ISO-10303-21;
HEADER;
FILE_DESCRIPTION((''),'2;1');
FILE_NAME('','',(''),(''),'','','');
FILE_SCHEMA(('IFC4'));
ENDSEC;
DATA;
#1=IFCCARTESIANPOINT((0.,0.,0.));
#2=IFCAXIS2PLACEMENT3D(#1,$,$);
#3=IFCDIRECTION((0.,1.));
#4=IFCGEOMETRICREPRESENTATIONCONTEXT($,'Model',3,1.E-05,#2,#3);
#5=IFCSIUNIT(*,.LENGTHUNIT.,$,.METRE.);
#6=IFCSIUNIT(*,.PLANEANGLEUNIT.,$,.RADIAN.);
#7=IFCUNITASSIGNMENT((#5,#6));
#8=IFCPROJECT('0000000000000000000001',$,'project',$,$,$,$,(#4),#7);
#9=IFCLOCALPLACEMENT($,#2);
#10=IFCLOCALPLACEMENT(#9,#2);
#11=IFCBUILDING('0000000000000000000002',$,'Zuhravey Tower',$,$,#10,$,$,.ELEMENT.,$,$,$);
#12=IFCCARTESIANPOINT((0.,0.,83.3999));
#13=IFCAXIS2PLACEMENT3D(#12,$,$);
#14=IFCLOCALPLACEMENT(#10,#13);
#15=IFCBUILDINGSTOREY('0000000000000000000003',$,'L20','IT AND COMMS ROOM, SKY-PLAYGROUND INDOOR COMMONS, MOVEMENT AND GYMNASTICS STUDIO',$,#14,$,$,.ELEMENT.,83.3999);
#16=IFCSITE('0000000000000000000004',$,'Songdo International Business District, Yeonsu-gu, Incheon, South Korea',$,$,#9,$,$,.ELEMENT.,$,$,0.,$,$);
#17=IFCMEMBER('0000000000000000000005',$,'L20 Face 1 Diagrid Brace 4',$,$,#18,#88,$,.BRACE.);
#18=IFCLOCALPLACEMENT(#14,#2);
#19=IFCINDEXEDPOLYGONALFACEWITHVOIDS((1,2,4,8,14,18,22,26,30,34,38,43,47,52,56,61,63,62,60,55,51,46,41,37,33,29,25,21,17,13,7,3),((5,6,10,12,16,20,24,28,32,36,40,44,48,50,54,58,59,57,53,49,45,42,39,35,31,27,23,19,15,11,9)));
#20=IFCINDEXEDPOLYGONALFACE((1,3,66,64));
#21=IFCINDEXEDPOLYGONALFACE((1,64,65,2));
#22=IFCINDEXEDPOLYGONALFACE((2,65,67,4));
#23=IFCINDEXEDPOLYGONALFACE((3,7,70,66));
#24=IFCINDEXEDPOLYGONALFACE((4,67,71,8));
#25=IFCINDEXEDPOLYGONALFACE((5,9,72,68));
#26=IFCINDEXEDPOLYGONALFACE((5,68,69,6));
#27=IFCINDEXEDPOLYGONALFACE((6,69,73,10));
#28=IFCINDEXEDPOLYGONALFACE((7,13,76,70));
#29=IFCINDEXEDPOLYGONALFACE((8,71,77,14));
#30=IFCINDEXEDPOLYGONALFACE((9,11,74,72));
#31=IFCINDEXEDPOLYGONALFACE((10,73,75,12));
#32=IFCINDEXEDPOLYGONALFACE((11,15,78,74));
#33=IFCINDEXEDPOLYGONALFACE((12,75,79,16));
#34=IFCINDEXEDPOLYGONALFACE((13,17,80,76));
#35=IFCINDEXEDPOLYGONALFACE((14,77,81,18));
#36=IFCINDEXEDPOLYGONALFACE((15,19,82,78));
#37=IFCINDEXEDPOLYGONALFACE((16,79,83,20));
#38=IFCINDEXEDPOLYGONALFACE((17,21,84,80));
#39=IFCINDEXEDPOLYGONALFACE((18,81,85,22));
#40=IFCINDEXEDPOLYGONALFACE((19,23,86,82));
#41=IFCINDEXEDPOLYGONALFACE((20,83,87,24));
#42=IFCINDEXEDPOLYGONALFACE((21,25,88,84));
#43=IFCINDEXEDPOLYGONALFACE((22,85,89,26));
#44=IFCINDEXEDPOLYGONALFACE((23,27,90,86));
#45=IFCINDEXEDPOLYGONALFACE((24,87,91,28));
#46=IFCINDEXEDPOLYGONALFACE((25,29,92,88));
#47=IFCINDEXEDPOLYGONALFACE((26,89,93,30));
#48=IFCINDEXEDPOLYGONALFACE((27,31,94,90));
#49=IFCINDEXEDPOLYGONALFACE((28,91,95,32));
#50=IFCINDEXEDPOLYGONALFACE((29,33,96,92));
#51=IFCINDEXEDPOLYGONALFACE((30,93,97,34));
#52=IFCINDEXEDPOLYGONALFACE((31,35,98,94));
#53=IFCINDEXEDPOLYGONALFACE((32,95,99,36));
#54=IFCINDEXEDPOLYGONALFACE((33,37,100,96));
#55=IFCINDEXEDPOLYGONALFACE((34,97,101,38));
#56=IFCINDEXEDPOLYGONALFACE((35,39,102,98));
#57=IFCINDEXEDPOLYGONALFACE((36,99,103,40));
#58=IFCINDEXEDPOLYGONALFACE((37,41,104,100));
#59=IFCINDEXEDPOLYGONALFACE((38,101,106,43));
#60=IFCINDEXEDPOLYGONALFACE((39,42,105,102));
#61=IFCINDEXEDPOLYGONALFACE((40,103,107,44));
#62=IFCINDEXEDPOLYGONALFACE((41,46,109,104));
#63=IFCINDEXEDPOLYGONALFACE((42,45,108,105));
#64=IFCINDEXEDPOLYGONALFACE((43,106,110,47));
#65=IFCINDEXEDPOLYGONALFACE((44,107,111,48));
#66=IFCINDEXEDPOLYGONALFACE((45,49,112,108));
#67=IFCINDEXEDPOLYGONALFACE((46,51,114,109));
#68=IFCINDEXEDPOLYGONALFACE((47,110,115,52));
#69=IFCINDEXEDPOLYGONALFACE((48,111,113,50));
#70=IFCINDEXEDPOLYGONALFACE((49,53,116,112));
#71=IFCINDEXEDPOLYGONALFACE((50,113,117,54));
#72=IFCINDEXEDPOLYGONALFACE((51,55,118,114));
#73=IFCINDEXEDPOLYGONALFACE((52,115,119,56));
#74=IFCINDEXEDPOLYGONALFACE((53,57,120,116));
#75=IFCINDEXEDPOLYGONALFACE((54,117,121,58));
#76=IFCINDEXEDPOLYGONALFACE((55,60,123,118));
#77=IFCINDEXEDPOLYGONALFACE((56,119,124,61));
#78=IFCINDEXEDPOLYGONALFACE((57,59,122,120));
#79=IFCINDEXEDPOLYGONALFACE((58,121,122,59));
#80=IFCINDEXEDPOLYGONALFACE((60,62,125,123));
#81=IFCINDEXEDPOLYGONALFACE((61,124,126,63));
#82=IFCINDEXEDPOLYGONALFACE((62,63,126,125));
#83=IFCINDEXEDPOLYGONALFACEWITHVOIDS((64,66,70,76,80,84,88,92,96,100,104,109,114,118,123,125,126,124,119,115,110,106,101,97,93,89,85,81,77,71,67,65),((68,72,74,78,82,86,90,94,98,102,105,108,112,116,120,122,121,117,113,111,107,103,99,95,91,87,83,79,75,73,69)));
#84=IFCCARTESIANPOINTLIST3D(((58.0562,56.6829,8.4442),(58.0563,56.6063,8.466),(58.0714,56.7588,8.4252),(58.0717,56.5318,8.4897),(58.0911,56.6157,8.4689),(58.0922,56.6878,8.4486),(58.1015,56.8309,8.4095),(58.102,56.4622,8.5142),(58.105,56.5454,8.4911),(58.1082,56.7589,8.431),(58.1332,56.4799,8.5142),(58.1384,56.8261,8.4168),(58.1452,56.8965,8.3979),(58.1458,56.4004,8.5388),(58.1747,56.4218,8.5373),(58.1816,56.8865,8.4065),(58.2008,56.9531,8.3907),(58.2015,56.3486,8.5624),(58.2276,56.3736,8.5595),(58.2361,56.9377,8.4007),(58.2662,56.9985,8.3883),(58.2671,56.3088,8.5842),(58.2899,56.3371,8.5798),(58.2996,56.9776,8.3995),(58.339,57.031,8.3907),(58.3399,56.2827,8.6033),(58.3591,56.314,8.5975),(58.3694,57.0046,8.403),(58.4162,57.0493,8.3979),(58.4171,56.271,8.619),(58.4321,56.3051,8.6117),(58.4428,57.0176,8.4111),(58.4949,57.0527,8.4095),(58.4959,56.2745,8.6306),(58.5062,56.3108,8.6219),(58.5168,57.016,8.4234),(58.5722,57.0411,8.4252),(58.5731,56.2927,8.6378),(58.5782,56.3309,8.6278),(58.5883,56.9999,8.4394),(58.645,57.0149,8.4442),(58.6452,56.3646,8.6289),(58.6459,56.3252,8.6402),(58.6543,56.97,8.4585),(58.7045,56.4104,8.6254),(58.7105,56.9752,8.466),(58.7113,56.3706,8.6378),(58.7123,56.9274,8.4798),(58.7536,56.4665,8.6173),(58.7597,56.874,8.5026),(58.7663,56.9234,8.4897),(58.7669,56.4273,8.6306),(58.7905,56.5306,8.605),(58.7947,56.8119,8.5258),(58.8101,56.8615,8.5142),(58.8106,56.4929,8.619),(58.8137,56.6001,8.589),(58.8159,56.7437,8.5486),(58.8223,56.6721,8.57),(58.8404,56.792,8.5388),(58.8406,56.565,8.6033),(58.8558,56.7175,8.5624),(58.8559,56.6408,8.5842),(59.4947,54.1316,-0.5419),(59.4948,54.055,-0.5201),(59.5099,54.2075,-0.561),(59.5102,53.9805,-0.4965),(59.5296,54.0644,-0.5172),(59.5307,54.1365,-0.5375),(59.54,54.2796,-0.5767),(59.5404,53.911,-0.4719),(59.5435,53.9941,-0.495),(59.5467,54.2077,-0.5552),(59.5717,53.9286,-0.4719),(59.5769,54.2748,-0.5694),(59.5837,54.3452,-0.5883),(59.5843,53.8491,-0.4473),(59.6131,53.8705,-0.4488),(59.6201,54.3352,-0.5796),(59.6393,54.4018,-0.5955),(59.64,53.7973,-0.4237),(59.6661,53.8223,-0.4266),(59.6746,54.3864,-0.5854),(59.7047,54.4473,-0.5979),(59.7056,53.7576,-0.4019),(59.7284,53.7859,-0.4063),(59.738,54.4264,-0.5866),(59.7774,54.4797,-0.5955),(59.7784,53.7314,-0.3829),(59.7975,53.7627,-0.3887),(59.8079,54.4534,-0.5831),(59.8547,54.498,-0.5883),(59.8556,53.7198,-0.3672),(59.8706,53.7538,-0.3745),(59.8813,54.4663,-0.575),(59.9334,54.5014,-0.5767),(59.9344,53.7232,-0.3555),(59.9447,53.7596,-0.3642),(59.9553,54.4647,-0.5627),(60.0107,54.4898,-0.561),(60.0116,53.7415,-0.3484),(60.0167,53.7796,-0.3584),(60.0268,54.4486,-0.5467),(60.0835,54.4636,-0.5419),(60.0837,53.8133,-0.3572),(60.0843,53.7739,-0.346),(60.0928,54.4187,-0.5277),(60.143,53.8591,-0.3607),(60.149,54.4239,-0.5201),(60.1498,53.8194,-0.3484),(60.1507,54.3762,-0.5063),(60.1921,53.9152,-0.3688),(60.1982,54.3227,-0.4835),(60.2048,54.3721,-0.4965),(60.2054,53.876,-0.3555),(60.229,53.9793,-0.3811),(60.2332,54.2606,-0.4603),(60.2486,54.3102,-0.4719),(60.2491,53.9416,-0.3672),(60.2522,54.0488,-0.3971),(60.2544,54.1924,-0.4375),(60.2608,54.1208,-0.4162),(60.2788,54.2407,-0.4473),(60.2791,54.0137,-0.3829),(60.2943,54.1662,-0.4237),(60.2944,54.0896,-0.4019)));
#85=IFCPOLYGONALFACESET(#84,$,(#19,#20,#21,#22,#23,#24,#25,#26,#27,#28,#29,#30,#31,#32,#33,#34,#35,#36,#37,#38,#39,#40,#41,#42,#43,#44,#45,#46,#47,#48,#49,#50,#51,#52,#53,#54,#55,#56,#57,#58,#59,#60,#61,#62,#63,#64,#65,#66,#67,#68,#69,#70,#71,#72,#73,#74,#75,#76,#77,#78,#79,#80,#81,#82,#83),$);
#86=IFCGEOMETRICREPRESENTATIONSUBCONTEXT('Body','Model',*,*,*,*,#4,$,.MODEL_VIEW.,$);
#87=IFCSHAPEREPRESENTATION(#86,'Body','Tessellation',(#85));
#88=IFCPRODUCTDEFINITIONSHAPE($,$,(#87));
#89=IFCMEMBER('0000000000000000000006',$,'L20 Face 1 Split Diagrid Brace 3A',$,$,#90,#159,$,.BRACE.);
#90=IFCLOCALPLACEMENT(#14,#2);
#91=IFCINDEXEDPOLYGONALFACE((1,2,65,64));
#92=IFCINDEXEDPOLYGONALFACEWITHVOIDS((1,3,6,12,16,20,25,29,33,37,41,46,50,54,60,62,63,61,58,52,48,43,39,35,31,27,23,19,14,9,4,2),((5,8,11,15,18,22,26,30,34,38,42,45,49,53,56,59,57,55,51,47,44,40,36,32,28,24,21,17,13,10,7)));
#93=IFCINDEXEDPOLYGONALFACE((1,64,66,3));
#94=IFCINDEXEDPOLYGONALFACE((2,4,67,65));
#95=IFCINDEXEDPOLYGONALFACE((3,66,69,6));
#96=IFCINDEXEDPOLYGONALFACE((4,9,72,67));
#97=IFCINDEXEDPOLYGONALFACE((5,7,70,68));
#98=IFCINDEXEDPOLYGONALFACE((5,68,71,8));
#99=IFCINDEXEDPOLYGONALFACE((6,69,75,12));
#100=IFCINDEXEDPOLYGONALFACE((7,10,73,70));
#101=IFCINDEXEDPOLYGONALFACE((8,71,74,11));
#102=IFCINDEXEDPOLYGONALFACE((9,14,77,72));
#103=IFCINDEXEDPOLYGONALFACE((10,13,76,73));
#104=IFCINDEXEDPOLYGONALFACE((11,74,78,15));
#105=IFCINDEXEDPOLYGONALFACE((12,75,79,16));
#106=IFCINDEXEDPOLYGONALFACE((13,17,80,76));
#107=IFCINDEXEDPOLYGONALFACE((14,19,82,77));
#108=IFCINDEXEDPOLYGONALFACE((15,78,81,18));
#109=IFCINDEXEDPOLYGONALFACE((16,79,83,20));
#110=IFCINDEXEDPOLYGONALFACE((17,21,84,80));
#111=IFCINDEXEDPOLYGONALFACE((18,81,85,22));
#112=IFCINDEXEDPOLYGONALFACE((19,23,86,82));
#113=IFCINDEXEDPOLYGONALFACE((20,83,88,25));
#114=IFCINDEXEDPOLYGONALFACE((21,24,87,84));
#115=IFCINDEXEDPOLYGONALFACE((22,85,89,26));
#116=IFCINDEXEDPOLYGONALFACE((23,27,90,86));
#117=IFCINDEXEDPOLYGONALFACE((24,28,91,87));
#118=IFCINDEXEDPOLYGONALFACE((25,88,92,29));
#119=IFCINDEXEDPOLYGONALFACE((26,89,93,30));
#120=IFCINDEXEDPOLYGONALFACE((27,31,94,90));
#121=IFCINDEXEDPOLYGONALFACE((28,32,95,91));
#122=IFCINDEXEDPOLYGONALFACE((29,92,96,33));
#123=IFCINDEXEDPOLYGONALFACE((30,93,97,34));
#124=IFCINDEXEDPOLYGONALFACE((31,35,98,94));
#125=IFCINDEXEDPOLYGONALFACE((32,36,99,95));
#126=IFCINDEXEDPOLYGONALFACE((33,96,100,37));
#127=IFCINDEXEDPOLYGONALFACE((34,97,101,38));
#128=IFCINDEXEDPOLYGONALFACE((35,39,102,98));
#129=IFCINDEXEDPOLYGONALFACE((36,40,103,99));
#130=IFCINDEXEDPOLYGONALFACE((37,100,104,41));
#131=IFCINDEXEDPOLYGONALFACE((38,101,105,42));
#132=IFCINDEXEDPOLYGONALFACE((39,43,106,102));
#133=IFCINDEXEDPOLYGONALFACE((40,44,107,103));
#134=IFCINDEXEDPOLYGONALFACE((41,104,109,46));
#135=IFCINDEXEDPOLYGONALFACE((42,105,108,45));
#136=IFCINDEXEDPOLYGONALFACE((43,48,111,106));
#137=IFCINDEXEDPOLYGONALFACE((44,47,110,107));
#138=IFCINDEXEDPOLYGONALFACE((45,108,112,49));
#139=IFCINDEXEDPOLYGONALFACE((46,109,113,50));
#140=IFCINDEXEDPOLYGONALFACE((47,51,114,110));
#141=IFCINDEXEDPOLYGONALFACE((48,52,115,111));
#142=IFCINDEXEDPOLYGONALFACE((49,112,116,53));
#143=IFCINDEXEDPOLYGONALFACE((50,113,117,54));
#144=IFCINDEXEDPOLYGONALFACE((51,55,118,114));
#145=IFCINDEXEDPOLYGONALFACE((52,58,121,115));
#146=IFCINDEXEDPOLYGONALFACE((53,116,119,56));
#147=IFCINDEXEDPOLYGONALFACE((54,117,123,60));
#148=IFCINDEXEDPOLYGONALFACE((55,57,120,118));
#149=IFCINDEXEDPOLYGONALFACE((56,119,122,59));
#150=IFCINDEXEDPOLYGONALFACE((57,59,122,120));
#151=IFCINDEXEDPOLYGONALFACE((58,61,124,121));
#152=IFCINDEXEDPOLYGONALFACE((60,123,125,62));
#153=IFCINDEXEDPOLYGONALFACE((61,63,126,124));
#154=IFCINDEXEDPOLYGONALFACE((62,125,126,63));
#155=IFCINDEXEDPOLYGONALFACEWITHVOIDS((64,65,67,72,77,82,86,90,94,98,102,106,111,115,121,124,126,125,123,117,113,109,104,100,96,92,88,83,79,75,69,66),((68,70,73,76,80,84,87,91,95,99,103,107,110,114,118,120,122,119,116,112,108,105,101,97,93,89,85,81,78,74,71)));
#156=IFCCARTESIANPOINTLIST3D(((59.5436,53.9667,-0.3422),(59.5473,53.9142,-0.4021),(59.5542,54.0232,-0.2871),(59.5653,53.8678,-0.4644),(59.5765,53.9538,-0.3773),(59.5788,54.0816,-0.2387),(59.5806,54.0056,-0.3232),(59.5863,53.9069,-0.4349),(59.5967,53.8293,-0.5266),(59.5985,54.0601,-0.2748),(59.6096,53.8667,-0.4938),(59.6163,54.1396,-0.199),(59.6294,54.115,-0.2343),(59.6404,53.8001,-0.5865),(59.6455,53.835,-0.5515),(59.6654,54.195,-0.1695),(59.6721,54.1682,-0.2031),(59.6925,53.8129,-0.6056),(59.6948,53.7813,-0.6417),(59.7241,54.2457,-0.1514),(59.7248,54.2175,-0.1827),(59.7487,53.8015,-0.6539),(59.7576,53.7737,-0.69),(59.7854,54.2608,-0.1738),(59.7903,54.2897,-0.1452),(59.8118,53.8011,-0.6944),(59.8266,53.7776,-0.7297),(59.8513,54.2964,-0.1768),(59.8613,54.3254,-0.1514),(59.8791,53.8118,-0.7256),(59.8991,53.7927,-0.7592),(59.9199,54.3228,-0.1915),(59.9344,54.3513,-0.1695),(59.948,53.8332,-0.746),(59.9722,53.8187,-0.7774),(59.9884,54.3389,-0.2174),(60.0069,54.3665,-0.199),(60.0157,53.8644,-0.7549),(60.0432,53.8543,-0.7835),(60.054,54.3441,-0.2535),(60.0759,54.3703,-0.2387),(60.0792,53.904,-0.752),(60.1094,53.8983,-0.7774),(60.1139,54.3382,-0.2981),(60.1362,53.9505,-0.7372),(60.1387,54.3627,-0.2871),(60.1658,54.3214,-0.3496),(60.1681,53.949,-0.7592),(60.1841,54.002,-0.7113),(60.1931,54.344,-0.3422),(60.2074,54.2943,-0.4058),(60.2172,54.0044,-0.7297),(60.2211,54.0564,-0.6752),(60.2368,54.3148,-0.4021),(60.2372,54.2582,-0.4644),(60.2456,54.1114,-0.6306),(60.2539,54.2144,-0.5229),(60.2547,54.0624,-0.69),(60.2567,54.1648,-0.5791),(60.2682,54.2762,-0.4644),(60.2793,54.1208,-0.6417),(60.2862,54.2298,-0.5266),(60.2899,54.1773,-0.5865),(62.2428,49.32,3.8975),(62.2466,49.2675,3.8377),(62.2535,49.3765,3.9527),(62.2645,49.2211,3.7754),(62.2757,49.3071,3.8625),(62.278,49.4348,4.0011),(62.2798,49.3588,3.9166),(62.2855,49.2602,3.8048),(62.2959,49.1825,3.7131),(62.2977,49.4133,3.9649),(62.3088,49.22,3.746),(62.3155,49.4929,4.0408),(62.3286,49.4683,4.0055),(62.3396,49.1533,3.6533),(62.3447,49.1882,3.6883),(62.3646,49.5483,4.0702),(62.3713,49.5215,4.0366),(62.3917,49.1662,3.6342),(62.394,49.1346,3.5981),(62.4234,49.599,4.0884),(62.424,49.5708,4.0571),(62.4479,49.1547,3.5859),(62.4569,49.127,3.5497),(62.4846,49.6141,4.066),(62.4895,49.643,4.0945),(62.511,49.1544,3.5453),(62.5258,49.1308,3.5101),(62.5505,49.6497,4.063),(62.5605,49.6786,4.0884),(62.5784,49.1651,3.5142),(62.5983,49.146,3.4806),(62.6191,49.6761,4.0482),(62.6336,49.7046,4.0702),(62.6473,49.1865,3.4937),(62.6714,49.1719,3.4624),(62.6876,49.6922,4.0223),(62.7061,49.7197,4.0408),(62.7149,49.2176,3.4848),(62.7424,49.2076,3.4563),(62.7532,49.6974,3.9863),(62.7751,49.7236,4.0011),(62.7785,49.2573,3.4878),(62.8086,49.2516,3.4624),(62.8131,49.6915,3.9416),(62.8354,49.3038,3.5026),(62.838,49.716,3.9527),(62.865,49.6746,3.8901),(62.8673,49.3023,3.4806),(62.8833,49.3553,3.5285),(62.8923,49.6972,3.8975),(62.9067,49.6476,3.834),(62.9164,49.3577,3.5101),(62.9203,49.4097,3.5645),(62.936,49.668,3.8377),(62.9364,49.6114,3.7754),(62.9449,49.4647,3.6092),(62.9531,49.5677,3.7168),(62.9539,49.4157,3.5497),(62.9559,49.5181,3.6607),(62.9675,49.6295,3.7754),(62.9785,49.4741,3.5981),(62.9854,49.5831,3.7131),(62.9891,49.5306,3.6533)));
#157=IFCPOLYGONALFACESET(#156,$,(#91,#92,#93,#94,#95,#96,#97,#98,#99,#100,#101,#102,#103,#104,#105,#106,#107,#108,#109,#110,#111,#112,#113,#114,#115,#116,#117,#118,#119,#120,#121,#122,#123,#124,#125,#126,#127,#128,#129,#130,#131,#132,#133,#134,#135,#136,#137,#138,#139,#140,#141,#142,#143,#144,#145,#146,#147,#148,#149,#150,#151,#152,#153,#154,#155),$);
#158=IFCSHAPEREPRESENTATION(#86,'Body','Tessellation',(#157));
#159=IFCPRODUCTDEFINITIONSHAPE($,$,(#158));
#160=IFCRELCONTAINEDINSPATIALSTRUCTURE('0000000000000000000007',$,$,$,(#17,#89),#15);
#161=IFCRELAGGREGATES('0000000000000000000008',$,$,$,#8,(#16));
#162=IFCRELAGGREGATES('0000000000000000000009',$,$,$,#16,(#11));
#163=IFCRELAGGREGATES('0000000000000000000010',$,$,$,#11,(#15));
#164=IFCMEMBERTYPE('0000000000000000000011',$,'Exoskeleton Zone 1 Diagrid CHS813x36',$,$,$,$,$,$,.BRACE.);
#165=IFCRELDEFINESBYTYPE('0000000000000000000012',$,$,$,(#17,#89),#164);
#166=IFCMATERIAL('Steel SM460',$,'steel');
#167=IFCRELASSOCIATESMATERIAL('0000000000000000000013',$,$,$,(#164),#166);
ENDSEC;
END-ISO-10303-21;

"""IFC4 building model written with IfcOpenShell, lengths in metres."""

from ifc_helpers import new_model, si_unit, direction, frame, origin, origin_2d, place, context, subcontext, project, spatial, hollow_circle, extrude, material, material_profile, profile_set, type_object, element, save


model = new_model("IFC4")

# Units and contexts
model_context = context("Model", 3, precision=1e-05, world=origin(), true_north=direction((0.0, 1.0)))
body_context = subcontext(model_context, "Body", "Model", "MODEL_VIEW")
ifc_project = project(units=[si_unit("LENGTHUNIT", "METRE"), si_unit("PLANEANGLEUNIT", "RADIAN")], contexts=[model_context])

# Site, building, storey
site_placement = place(None, origin())
site = spatial("IfcSite", under=ifc_project, at=site_placement, Name="Songdo International Business District, Yeonsu-gu, Incheon, South Korea", CompositionType="ELEMENT", RefElevation=0.0)
building_placement = place(site_placement, origin())
building = spatial("IfcBuilding", under=site, at=building_placement, Name="Zuhravey Tower", CompositionType="ELEMENT")
storey_placement = place(building_placement, frame((0.0, 0.0, 83.3999)))
storey = spatial("IfcBuildingStorey", under=building, at=storey_placement, Name="L20", Description="IT AND COMMS ROOM, SKY-PLAYGROUND INDOOR COMMONS, MOVEMENT AND GYMNASTICS STUDIO", CompositionType="ELEMENT", Elevation=83.3999)

# Members
ifc_material_1 = material(Name="Steel SM460", Category="steel")
ifc_material_profile_1 = material_profile(ifc_material_1, hollow_circle(Radius=0.4065, WallThickness=0.0359, at=origin_2d()), Name="CHS-812.8x36")
ifc_profile_set_1 = profile_set([ifc_material_profile_1], Name="Steel SM460")
member_type_1 = type_object("IfcMemberType", Name="Exoskeleton Zone 1 Diagrid CHS813x36", PredefinedType="BRACE", material=ifc_profile_set_1)
member_1_placement = place(storey_placement, frame((59.8945, 54.1106, -0.4719), z_axis=(-0.152198, 0.269937, 0.950773), x_axis=(-0.871081, -0.49114, 0.0)))
element("IfcMember", 1, at=member_1_placement, inside=storey, type_object=member_type_1, Name="L20 Face 1 Diagrid Brace 4", PredefinedType="BRACE", context=body_context, shape_type="SweptSolid", body=[
    extrude(hollow_circle(Radius=0.4065, WallThickness=0.0359, at=origin_2d()), origin(), (0.0, 0.0, 1.0), 9.4514),
])
member_2_placement = place(storey_placement, frame((59.9167, 54.072, -0.4644), z_axis=(0.394337, -0.678855, 0.619398), x_axis=(0.864699, 0.502291, 0.0)))
element("IfcMember", 2, at=member_2_placement, inside=storey, type_object=member_type_1, Name="L20 Face 1 Split Diagrid Brace 3A", PredefinedType="BRACE", context=body_context, shape_type="SweptSolid", body=[
    extrude(hollow_circle(Radius=0.4065, WallThickness=0.0359, at=origin_2d()), origin(), (0.0, 0.0, 1.0), 6.845),
])

save(model, "model.ifc")
